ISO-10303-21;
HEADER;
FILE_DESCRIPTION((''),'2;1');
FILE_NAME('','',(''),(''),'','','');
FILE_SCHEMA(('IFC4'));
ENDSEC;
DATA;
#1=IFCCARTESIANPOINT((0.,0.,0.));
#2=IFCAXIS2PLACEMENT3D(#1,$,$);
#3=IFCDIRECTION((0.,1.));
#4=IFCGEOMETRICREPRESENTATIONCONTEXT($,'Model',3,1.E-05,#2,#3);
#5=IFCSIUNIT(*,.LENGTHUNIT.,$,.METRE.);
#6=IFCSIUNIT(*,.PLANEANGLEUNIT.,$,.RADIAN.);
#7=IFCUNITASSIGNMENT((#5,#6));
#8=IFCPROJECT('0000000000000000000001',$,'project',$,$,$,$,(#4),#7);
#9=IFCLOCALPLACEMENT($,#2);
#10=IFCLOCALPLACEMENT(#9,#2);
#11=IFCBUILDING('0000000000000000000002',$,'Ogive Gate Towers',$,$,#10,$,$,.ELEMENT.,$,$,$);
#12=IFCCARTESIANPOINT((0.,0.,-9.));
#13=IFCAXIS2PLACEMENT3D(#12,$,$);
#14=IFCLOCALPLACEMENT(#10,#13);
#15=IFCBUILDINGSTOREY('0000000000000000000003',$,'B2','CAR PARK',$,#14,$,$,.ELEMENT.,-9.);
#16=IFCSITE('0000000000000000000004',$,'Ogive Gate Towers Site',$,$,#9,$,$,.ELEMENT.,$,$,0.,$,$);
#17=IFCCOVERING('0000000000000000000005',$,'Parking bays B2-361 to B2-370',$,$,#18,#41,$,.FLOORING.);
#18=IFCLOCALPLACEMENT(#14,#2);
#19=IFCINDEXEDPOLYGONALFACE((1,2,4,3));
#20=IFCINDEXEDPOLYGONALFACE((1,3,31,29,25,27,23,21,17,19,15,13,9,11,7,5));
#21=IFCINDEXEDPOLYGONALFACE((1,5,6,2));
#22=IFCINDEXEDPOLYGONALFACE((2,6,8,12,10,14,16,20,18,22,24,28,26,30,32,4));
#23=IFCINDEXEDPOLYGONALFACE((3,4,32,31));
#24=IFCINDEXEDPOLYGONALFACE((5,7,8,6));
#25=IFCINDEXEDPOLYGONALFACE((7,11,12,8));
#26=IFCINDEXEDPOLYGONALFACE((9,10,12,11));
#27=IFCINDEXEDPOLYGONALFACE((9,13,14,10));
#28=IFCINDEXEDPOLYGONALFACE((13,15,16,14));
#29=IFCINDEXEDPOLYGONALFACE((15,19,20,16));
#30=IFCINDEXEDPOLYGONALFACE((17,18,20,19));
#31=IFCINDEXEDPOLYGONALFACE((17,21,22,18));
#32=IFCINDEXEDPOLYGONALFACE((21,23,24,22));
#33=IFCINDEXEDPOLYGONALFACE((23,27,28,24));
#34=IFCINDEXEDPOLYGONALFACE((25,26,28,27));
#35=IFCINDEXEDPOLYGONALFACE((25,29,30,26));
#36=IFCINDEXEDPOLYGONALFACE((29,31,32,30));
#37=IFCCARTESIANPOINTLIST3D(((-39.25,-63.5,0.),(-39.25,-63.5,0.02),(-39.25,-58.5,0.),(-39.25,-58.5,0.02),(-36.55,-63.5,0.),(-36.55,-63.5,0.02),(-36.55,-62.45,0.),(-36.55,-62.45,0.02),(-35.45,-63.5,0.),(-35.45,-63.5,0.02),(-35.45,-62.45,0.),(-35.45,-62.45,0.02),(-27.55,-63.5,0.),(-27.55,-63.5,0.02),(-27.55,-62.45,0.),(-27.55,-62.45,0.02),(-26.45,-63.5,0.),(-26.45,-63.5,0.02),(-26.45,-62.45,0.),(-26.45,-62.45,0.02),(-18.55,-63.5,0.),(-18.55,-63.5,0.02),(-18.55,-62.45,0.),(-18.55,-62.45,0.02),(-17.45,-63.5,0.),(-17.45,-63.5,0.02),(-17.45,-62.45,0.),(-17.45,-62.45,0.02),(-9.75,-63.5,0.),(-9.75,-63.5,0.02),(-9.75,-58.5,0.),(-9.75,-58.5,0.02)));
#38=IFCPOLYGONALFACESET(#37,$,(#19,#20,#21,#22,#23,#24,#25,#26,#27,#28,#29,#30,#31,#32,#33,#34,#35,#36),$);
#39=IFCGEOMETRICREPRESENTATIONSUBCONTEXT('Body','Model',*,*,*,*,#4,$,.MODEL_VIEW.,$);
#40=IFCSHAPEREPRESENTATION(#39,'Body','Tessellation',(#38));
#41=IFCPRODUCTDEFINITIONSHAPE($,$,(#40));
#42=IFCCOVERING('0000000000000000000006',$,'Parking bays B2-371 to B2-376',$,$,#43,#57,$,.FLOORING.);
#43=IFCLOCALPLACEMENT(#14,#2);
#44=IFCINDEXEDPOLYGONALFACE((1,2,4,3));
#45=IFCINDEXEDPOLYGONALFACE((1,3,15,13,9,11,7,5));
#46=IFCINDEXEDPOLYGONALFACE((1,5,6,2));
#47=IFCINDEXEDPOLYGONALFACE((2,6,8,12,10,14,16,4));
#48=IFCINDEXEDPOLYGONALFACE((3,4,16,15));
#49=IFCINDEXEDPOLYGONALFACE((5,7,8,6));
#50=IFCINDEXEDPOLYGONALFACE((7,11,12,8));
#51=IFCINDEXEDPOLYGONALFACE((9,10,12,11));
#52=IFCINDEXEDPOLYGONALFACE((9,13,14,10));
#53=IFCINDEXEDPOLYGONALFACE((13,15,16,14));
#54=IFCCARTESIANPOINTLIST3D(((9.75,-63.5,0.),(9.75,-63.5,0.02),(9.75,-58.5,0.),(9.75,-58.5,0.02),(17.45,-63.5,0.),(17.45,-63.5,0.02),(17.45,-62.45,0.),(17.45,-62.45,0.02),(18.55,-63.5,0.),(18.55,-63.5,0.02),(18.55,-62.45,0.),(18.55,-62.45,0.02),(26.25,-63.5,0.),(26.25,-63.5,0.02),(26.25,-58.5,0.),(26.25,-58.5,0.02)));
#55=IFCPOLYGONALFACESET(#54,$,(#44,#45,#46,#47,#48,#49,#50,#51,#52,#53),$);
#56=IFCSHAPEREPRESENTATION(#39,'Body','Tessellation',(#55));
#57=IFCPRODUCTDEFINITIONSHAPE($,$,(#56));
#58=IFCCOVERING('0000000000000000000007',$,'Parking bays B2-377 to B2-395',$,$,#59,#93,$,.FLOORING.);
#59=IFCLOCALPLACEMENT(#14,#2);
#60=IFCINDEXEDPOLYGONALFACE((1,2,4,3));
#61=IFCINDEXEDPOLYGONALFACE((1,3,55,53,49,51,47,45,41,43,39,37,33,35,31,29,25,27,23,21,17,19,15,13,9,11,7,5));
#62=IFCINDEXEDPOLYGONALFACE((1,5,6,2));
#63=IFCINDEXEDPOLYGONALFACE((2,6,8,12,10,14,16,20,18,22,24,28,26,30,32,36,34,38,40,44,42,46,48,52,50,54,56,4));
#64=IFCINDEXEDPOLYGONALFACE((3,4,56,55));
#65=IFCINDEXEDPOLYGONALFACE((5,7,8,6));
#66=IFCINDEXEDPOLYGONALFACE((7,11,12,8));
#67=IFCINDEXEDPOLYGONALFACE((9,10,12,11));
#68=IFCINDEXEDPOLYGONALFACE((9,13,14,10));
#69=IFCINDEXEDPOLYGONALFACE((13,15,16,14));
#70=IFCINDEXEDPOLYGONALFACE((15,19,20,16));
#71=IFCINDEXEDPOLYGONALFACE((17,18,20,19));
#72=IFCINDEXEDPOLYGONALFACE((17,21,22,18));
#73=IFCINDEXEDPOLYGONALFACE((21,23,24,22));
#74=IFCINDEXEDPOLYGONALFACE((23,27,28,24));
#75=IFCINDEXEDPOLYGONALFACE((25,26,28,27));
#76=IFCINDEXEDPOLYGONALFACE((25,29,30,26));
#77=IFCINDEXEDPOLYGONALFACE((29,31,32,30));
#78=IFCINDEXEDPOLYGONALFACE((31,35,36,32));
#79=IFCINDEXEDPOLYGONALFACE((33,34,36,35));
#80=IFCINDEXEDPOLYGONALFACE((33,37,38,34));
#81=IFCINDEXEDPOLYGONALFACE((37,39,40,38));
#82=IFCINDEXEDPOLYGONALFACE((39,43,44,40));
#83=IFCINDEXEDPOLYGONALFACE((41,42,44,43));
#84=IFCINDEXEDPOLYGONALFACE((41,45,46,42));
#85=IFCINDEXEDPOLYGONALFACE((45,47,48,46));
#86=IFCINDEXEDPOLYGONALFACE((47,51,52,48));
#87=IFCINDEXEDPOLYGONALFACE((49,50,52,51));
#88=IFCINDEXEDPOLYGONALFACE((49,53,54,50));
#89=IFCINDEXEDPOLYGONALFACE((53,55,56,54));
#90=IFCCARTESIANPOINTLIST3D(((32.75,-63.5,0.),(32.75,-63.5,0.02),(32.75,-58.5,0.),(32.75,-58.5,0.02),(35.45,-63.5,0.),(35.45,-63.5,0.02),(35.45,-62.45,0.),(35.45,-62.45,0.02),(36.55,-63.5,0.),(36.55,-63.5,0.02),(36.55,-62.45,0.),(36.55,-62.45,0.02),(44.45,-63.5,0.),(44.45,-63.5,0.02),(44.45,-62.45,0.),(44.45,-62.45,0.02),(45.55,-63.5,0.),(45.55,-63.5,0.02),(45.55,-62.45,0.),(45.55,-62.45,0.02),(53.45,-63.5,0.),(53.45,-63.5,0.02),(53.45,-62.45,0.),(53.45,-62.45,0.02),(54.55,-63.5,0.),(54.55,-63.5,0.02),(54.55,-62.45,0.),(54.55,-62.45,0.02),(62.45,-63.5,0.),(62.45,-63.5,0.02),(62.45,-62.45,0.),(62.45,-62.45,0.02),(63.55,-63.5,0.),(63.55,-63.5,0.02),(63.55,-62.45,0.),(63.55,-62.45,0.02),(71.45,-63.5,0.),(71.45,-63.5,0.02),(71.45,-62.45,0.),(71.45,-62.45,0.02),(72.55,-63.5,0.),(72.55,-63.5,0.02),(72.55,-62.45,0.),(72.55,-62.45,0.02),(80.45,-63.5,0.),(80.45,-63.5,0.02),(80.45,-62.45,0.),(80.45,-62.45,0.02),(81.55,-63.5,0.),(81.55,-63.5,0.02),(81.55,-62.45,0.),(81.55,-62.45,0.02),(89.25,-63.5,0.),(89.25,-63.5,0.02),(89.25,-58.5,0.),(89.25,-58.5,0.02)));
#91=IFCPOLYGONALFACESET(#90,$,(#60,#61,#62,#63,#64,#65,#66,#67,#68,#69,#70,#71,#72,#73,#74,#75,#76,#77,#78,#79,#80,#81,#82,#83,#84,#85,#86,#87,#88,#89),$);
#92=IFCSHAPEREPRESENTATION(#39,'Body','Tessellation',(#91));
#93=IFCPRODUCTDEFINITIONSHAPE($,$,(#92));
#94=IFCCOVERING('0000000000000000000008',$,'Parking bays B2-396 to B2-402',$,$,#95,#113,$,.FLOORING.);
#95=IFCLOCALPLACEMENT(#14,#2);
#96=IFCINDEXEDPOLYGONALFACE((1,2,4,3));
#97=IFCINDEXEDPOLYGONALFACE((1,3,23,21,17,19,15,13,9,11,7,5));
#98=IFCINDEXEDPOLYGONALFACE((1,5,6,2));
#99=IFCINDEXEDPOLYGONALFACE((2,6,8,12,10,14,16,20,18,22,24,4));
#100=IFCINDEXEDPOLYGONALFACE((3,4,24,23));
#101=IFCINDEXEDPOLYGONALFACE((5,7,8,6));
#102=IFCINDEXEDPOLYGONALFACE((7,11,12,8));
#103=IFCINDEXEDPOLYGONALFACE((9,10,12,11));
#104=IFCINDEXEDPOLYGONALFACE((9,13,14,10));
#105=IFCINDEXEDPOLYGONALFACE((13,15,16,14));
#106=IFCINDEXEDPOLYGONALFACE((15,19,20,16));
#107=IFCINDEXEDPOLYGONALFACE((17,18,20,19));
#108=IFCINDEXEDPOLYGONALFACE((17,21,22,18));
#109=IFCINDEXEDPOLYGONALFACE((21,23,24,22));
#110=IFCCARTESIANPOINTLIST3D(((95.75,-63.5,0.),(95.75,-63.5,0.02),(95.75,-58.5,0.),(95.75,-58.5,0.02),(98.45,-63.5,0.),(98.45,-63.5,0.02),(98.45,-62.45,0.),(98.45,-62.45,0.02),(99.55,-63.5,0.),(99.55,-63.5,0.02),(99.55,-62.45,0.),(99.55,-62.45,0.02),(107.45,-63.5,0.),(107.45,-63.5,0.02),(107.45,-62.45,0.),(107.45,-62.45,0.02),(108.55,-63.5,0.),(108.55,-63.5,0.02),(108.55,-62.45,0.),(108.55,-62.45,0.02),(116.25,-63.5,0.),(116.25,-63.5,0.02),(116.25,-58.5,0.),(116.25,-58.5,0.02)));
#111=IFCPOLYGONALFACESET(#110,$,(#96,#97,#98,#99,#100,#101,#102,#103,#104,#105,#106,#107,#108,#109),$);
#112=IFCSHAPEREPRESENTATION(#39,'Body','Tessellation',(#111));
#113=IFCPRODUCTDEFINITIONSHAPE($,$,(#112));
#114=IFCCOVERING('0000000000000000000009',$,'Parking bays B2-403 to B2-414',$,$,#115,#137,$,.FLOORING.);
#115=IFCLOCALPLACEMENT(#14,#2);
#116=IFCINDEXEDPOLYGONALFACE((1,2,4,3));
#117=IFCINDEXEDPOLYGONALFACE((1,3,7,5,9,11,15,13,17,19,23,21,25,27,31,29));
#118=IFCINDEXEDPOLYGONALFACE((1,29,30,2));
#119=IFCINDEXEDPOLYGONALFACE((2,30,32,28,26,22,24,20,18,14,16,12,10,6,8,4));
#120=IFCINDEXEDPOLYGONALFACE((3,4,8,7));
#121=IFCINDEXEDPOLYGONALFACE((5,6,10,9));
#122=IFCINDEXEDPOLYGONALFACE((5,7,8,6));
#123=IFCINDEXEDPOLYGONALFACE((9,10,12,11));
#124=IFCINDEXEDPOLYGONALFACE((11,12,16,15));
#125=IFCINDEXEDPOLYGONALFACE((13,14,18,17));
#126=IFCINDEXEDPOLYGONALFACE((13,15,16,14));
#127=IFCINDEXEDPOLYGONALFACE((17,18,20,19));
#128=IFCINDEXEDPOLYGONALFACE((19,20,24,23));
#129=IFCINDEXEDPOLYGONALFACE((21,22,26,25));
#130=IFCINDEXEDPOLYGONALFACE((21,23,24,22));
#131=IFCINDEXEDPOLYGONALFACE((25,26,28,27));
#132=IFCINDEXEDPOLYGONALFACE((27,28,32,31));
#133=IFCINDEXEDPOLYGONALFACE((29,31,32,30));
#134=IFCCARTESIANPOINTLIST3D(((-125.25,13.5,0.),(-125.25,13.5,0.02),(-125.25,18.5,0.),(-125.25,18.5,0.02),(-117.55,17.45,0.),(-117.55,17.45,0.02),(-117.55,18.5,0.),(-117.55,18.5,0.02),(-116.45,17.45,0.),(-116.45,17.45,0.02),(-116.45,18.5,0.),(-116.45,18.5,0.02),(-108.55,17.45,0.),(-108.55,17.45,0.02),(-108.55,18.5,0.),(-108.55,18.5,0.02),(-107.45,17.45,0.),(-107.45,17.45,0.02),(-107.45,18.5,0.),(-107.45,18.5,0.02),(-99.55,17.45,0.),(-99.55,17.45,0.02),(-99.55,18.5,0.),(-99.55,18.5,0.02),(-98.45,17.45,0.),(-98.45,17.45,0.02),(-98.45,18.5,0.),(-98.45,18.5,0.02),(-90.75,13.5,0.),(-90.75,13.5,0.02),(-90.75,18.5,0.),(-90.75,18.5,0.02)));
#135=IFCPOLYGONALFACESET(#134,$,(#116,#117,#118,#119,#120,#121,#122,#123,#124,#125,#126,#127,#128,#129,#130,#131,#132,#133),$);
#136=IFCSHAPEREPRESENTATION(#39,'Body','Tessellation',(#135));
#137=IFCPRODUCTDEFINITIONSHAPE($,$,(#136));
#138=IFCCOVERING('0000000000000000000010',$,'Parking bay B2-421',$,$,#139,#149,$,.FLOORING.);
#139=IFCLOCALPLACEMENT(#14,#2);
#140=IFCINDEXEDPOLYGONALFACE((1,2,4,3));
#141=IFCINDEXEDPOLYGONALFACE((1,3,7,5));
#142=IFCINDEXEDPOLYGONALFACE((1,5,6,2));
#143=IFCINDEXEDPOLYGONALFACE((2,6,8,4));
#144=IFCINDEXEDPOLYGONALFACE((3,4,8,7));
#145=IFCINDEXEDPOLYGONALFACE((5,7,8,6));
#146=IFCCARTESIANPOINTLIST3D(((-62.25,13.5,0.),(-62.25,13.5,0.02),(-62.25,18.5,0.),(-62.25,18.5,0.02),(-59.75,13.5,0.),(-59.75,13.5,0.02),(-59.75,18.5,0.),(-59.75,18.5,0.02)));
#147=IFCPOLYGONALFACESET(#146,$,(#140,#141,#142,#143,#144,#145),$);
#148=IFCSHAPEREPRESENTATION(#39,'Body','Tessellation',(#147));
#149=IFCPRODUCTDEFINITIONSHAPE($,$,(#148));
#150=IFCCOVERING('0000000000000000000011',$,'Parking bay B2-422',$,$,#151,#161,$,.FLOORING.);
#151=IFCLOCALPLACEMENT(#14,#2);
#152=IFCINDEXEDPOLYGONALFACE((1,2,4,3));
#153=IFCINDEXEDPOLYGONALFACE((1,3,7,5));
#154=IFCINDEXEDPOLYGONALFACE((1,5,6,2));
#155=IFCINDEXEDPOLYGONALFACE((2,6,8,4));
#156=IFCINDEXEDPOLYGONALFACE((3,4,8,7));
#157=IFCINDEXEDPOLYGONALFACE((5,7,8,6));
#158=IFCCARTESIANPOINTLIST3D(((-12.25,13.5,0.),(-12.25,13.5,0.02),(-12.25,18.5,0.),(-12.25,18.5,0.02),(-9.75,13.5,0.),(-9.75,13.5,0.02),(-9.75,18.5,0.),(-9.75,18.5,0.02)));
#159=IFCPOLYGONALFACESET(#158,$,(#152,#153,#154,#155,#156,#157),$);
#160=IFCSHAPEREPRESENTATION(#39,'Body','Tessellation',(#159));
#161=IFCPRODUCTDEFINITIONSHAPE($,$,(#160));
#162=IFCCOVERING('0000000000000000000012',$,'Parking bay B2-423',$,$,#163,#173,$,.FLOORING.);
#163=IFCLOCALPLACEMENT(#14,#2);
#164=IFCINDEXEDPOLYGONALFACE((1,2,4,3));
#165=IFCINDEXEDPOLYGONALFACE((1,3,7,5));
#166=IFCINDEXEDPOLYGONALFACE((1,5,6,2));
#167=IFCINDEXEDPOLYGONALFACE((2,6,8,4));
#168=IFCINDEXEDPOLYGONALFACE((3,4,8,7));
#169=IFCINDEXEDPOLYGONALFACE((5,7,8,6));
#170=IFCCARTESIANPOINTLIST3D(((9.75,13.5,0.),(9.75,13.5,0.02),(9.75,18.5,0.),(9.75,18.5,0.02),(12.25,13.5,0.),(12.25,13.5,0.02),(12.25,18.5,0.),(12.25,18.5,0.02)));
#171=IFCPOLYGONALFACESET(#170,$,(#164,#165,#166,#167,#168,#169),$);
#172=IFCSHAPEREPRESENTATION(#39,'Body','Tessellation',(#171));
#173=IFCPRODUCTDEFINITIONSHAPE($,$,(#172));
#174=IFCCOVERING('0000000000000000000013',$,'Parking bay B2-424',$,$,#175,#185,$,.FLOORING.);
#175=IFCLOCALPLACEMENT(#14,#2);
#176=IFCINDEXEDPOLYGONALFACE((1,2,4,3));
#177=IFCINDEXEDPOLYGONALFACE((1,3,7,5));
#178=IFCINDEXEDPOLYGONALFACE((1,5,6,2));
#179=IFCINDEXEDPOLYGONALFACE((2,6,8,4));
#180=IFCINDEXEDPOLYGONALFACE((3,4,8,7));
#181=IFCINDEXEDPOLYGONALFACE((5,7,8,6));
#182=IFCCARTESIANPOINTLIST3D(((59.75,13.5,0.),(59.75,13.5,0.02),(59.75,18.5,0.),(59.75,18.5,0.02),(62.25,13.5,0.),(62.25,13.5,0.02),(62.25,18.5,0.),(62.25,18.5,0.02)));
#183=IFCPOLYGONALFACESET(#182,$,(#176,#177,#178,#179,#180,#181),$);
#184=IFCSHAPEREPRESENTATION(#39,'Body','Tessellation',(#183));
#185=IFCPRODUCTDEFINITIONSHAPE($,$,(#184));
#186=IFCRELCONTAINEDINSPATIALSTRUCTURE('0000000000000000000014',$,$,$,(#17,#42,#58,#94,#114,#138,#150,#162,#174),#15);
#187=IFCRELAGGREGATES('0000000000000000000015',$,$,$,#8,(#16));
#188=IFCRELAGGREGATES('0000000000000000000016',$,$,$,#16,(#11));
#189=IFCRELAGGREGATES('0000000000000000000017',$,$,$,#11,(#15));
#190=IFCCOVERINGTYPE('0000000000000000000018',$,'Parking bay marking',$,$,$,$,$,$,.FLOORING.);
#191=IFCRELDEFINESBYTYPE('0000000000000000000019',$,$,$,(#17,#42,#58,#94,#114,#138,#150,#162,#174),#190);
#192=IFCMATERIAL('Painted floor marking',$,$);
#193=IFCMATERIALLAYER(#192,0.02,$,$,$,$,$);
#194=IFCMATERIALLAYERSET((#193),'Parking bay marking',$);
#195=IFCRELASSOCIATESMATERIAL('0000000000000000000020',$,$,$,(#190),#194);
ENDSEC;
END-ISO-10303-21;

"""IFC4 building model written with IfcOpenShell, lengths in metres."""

from ifc_helpers import new_model, si_unit, direction, frame, origin, place, context, subcontext, project, spatial, polyline, outline, extrude, material, layer, layer_set, type_object, element, save


model = new_model("IFC4")

# Units and contexts
model_context = context("Model", 3, precision=1e-05, world=origin(), true_north=direction((0.0, 1.0)))
body_context = subcontext(model_context, "Body", "Model", "MODEL_VIEW")
ifc_project = project(units=[si_unit("LENGTHUNIT", "METRE"), si_unit("PLANEANGLEUNIT", "RADIAN")], contexts=[model_context])

# Site, building, storey
site_placement = place(None, origin())
site = spatial("IfcSite", under=ifc_project, at=site_placement, Name="Ogive Gate Towers Site", CompositionType="ELEMENT", RefElevation=0.0)
building_placement = place(site_placement, origin())
building = spatial("IfcBuilding", under=site, at=building_placement, Name="Ogive Gate Towers", CompositionType="ELEMENT")
storey_placement = place(building_placement, frame((0.0, 0.0, -9.0)))
storey = spatial("IfcBuildingStorey", under=building, at=storey_placement, Name="B2", Description="CAR PARK", CompositionType="ELEMENT", Elevation=-9.0)

# Coverings
ifc_material = material(Name="Painted floor marking")
ifc_layer_1 = layer(ifc_material, 0.02)
ifc_layer_set_1 = layer_set([ifc_layer_1], Name="Parking bay marking")
covering_type_1 = type_object("IfcCoveringType", Name="Parking bay marking", PredefinedType="FLOORING", material=ifc_layer_set_1)
covering_1_placement = place(storey_placement, origin())
element("IfcCovering", 1, at=covering_1_placement, inside=storey, type_object=covering_type_1, Name="Parking bays B2-361 to B2-370", PredefinedType="FLOORING", context=body_context, shape_type="SweptSolid", body=[
    extrude(outline(polyline([(-9.75, -58.5), (-9.75, -63.5), (-17.45, -63.5), (-17.45, -62.45), (-18.55, -62.45), (-18.55, -63.5), (-26.45, -63.5), (-26.45, -62.45), (-27.55, -62.45), (-27.55, -63.5), (-35.45, -63.5), (-35.45, -62.45), (-36.55, -62.45), (-36.55, -63.5), (-39.25, -63.5), (-39.25, -58.5), (-9.75, -58.5)])), origin(), (0.0, 0.0, 1.0), 0.02),
])
covering_2_placement = place(storey_placement, origin())
element("IfcCovering", 2, at=covering_2_placement, inside=storey, type_object=covering_type_1, Name="Parking bays B2-371 to B2-376", PredefinedType="FLOORING", context=body_context, shape_type="SweptSolid", body=[
    extrude(outline(polyline([(9.75, -58.5), (26.25, -58.5), (26.25, -63.5), (18.55, -63.5), (18.55, -62.45), (17.45, -62.45), (17.45, -63.5), (9.75, -63.5), (9.75, -58.5)])), origin(), (0.0, 0.0, 1.0), 0.02),
])
covering_3_placement = place(storey_placement, origin())
element("IfcCovering", 3, at=covering_3_placement, inside=storey, type_object=covering_type_1, Name="Parking bays B2-377 to B2-395", PredefinedType="FLOORING", context=body_context, shape_type="SweptSolid", body=[
    extrude(outline(polyline([(89.25, -58.5), (89.25, -63.5), (81.55, -63.5), (81.55, -62.45), (80.45, -62.45), (80.45, -63.5), (72.55, -63.5), (72.55, -62.45), (71.45, -62.45), (71.45, -63.5), (63.55, -63.5), (63.55, -62.45), (62.45, -62.45), (62.45, -63.5), (54.55, -63.5), (54.55, -62.45), (53.45, -62.45), (53.45, -63.5), (45.55, -63.5), (45.55, -62.45), (44.45, -62.45), (44.45, -63.5), (36.55, -63.5), (36.55, -62.45), (35.45, -62.45), (35.45, -63.5), (32.75, -63.5), (32.75, -58.5), (89.25, -58.5)])), origin(), (0.0, 0.0, 1.0), 0.02),
])
covering_4_placement = place(storey_placement, origin())
element("IfcCovering", 4, at=covering_4_placement, inside=storey, type_object=covering_type_1, Name="Parking bays B2-396 to B2-402", PredefinedType="FLOORING", context=body_context, shape_type="SweptSolid", body=[
    extrude(outline(polyline([(116.25, -58.5), (116.25, -63.5), (108.55, -63.5), (108.55, -62.45), (107.45, -62.45), (107.45, -63.5), (99.55, -63.5), (99.55, -62.45), (98.45, -62.45), (98.45, -63.5), (95.75, -63.5), (95.75, -58.5), (116.25, -58.5)])), origin(), (0.0, 0.0, 1.0), 0.02),
])
covering_5_placement = place(storey_placement, origin())
element("IfcCovering", 5, at=covering_5_placement, inside=storey, type_object=covering_type_1, Name="Parking bays B2-403 to B2-414", PredefinedType="FLOORING", context=body_context, shape_type="SweptSolid", body=[
    extrude(outline(polyline([(-125.25, 18.5), (-117.55, 18.5), (-117.55, 17.45), (-116.45, 17.45), (-116.45, 18.5), (-108.55, 18.5), (-108.55, 17.45), (-107.45, 17.45), (-107.45, 18.5), (-99.55, 18.5), (-99.55, 17.45), (-98.45, 17.45), (-98.45, 18.5), (-90.75, 18.5), (-90.75, 13.5), (-125.25, 13.5), (-125.25, 18.5)])), origin(), (0.0, 0.0, 1.0), 0.02),
])
covering_6_placement = place(storey_placement, origin())
element("IfcCovering", 6, at=covering_6_placement, inside=storey, type_object=covering_type_1, Name="Parking bay B2-421", PredefinedType="FLOORING", context=body_context, shape_type="SweptSolid", body=[
    extrude(outline(polyline([(-62.25, 18.5), (-59.75, 18.5), (-59.75, 13.5), (-62.25, 13.5), (-62.25, 18.5)])), origin(), (0.0, 0.0, 1.0), 0.02),
])
covering_7_placement = place(storey_placement, origin())
element("IfcCovering", 7, at=covering_7_placement, inside=storey, type_object=covering_type_1, Name="Parking bay B2-422", PredefinedType="FLOORING", context=body_context, shape_type="SweptSolid", body=[
    extrude(outline(polyline([(-12.25, 18.5), (-9.75, 18.5), (-9.75, 13.5), (-12.25, 13.5), (-12.25, 18.5)])), origin(), (0.0, 0.0, 1.0), 0.02),
])
covering_8_placement = place(storey_placement, origin())
element("IfcCovering", 8, at=covering_8_placement, inside=storey, type_object=covering_type_1, Name="Parking bay B2-423", PredefinedType="FLOORING", context=body_context, shape_type="SweptSolid", body=[
    extrude(outline(polyline([(9.75, 13.5), (9.75, 18.5), (12.25, 18.5), (12.25, 13.5), (9.75, 13.5)])), origin(), (0.0, 0.0, 1.0), 0.02),
])
covering_9_placement = place(storey_placement, origin())
element("IfcCovering", 9, at=covering_9_placement, inside=storey, type_object=covering_type_1, Name="Parking bay B2-424", PredefinedType="FLOORING", context=body_context, shape_type="SweptSolid", body=[
    extrude(outline(polyline([(59.75, 18.5), (62.25, 18.5), (62.25, 13.5), (59.75, 13.5), (59.75, 18.5)])), origin(), (0.0, 0.0, 1.0), 0.02),
])

save(model, "model.ifc")
